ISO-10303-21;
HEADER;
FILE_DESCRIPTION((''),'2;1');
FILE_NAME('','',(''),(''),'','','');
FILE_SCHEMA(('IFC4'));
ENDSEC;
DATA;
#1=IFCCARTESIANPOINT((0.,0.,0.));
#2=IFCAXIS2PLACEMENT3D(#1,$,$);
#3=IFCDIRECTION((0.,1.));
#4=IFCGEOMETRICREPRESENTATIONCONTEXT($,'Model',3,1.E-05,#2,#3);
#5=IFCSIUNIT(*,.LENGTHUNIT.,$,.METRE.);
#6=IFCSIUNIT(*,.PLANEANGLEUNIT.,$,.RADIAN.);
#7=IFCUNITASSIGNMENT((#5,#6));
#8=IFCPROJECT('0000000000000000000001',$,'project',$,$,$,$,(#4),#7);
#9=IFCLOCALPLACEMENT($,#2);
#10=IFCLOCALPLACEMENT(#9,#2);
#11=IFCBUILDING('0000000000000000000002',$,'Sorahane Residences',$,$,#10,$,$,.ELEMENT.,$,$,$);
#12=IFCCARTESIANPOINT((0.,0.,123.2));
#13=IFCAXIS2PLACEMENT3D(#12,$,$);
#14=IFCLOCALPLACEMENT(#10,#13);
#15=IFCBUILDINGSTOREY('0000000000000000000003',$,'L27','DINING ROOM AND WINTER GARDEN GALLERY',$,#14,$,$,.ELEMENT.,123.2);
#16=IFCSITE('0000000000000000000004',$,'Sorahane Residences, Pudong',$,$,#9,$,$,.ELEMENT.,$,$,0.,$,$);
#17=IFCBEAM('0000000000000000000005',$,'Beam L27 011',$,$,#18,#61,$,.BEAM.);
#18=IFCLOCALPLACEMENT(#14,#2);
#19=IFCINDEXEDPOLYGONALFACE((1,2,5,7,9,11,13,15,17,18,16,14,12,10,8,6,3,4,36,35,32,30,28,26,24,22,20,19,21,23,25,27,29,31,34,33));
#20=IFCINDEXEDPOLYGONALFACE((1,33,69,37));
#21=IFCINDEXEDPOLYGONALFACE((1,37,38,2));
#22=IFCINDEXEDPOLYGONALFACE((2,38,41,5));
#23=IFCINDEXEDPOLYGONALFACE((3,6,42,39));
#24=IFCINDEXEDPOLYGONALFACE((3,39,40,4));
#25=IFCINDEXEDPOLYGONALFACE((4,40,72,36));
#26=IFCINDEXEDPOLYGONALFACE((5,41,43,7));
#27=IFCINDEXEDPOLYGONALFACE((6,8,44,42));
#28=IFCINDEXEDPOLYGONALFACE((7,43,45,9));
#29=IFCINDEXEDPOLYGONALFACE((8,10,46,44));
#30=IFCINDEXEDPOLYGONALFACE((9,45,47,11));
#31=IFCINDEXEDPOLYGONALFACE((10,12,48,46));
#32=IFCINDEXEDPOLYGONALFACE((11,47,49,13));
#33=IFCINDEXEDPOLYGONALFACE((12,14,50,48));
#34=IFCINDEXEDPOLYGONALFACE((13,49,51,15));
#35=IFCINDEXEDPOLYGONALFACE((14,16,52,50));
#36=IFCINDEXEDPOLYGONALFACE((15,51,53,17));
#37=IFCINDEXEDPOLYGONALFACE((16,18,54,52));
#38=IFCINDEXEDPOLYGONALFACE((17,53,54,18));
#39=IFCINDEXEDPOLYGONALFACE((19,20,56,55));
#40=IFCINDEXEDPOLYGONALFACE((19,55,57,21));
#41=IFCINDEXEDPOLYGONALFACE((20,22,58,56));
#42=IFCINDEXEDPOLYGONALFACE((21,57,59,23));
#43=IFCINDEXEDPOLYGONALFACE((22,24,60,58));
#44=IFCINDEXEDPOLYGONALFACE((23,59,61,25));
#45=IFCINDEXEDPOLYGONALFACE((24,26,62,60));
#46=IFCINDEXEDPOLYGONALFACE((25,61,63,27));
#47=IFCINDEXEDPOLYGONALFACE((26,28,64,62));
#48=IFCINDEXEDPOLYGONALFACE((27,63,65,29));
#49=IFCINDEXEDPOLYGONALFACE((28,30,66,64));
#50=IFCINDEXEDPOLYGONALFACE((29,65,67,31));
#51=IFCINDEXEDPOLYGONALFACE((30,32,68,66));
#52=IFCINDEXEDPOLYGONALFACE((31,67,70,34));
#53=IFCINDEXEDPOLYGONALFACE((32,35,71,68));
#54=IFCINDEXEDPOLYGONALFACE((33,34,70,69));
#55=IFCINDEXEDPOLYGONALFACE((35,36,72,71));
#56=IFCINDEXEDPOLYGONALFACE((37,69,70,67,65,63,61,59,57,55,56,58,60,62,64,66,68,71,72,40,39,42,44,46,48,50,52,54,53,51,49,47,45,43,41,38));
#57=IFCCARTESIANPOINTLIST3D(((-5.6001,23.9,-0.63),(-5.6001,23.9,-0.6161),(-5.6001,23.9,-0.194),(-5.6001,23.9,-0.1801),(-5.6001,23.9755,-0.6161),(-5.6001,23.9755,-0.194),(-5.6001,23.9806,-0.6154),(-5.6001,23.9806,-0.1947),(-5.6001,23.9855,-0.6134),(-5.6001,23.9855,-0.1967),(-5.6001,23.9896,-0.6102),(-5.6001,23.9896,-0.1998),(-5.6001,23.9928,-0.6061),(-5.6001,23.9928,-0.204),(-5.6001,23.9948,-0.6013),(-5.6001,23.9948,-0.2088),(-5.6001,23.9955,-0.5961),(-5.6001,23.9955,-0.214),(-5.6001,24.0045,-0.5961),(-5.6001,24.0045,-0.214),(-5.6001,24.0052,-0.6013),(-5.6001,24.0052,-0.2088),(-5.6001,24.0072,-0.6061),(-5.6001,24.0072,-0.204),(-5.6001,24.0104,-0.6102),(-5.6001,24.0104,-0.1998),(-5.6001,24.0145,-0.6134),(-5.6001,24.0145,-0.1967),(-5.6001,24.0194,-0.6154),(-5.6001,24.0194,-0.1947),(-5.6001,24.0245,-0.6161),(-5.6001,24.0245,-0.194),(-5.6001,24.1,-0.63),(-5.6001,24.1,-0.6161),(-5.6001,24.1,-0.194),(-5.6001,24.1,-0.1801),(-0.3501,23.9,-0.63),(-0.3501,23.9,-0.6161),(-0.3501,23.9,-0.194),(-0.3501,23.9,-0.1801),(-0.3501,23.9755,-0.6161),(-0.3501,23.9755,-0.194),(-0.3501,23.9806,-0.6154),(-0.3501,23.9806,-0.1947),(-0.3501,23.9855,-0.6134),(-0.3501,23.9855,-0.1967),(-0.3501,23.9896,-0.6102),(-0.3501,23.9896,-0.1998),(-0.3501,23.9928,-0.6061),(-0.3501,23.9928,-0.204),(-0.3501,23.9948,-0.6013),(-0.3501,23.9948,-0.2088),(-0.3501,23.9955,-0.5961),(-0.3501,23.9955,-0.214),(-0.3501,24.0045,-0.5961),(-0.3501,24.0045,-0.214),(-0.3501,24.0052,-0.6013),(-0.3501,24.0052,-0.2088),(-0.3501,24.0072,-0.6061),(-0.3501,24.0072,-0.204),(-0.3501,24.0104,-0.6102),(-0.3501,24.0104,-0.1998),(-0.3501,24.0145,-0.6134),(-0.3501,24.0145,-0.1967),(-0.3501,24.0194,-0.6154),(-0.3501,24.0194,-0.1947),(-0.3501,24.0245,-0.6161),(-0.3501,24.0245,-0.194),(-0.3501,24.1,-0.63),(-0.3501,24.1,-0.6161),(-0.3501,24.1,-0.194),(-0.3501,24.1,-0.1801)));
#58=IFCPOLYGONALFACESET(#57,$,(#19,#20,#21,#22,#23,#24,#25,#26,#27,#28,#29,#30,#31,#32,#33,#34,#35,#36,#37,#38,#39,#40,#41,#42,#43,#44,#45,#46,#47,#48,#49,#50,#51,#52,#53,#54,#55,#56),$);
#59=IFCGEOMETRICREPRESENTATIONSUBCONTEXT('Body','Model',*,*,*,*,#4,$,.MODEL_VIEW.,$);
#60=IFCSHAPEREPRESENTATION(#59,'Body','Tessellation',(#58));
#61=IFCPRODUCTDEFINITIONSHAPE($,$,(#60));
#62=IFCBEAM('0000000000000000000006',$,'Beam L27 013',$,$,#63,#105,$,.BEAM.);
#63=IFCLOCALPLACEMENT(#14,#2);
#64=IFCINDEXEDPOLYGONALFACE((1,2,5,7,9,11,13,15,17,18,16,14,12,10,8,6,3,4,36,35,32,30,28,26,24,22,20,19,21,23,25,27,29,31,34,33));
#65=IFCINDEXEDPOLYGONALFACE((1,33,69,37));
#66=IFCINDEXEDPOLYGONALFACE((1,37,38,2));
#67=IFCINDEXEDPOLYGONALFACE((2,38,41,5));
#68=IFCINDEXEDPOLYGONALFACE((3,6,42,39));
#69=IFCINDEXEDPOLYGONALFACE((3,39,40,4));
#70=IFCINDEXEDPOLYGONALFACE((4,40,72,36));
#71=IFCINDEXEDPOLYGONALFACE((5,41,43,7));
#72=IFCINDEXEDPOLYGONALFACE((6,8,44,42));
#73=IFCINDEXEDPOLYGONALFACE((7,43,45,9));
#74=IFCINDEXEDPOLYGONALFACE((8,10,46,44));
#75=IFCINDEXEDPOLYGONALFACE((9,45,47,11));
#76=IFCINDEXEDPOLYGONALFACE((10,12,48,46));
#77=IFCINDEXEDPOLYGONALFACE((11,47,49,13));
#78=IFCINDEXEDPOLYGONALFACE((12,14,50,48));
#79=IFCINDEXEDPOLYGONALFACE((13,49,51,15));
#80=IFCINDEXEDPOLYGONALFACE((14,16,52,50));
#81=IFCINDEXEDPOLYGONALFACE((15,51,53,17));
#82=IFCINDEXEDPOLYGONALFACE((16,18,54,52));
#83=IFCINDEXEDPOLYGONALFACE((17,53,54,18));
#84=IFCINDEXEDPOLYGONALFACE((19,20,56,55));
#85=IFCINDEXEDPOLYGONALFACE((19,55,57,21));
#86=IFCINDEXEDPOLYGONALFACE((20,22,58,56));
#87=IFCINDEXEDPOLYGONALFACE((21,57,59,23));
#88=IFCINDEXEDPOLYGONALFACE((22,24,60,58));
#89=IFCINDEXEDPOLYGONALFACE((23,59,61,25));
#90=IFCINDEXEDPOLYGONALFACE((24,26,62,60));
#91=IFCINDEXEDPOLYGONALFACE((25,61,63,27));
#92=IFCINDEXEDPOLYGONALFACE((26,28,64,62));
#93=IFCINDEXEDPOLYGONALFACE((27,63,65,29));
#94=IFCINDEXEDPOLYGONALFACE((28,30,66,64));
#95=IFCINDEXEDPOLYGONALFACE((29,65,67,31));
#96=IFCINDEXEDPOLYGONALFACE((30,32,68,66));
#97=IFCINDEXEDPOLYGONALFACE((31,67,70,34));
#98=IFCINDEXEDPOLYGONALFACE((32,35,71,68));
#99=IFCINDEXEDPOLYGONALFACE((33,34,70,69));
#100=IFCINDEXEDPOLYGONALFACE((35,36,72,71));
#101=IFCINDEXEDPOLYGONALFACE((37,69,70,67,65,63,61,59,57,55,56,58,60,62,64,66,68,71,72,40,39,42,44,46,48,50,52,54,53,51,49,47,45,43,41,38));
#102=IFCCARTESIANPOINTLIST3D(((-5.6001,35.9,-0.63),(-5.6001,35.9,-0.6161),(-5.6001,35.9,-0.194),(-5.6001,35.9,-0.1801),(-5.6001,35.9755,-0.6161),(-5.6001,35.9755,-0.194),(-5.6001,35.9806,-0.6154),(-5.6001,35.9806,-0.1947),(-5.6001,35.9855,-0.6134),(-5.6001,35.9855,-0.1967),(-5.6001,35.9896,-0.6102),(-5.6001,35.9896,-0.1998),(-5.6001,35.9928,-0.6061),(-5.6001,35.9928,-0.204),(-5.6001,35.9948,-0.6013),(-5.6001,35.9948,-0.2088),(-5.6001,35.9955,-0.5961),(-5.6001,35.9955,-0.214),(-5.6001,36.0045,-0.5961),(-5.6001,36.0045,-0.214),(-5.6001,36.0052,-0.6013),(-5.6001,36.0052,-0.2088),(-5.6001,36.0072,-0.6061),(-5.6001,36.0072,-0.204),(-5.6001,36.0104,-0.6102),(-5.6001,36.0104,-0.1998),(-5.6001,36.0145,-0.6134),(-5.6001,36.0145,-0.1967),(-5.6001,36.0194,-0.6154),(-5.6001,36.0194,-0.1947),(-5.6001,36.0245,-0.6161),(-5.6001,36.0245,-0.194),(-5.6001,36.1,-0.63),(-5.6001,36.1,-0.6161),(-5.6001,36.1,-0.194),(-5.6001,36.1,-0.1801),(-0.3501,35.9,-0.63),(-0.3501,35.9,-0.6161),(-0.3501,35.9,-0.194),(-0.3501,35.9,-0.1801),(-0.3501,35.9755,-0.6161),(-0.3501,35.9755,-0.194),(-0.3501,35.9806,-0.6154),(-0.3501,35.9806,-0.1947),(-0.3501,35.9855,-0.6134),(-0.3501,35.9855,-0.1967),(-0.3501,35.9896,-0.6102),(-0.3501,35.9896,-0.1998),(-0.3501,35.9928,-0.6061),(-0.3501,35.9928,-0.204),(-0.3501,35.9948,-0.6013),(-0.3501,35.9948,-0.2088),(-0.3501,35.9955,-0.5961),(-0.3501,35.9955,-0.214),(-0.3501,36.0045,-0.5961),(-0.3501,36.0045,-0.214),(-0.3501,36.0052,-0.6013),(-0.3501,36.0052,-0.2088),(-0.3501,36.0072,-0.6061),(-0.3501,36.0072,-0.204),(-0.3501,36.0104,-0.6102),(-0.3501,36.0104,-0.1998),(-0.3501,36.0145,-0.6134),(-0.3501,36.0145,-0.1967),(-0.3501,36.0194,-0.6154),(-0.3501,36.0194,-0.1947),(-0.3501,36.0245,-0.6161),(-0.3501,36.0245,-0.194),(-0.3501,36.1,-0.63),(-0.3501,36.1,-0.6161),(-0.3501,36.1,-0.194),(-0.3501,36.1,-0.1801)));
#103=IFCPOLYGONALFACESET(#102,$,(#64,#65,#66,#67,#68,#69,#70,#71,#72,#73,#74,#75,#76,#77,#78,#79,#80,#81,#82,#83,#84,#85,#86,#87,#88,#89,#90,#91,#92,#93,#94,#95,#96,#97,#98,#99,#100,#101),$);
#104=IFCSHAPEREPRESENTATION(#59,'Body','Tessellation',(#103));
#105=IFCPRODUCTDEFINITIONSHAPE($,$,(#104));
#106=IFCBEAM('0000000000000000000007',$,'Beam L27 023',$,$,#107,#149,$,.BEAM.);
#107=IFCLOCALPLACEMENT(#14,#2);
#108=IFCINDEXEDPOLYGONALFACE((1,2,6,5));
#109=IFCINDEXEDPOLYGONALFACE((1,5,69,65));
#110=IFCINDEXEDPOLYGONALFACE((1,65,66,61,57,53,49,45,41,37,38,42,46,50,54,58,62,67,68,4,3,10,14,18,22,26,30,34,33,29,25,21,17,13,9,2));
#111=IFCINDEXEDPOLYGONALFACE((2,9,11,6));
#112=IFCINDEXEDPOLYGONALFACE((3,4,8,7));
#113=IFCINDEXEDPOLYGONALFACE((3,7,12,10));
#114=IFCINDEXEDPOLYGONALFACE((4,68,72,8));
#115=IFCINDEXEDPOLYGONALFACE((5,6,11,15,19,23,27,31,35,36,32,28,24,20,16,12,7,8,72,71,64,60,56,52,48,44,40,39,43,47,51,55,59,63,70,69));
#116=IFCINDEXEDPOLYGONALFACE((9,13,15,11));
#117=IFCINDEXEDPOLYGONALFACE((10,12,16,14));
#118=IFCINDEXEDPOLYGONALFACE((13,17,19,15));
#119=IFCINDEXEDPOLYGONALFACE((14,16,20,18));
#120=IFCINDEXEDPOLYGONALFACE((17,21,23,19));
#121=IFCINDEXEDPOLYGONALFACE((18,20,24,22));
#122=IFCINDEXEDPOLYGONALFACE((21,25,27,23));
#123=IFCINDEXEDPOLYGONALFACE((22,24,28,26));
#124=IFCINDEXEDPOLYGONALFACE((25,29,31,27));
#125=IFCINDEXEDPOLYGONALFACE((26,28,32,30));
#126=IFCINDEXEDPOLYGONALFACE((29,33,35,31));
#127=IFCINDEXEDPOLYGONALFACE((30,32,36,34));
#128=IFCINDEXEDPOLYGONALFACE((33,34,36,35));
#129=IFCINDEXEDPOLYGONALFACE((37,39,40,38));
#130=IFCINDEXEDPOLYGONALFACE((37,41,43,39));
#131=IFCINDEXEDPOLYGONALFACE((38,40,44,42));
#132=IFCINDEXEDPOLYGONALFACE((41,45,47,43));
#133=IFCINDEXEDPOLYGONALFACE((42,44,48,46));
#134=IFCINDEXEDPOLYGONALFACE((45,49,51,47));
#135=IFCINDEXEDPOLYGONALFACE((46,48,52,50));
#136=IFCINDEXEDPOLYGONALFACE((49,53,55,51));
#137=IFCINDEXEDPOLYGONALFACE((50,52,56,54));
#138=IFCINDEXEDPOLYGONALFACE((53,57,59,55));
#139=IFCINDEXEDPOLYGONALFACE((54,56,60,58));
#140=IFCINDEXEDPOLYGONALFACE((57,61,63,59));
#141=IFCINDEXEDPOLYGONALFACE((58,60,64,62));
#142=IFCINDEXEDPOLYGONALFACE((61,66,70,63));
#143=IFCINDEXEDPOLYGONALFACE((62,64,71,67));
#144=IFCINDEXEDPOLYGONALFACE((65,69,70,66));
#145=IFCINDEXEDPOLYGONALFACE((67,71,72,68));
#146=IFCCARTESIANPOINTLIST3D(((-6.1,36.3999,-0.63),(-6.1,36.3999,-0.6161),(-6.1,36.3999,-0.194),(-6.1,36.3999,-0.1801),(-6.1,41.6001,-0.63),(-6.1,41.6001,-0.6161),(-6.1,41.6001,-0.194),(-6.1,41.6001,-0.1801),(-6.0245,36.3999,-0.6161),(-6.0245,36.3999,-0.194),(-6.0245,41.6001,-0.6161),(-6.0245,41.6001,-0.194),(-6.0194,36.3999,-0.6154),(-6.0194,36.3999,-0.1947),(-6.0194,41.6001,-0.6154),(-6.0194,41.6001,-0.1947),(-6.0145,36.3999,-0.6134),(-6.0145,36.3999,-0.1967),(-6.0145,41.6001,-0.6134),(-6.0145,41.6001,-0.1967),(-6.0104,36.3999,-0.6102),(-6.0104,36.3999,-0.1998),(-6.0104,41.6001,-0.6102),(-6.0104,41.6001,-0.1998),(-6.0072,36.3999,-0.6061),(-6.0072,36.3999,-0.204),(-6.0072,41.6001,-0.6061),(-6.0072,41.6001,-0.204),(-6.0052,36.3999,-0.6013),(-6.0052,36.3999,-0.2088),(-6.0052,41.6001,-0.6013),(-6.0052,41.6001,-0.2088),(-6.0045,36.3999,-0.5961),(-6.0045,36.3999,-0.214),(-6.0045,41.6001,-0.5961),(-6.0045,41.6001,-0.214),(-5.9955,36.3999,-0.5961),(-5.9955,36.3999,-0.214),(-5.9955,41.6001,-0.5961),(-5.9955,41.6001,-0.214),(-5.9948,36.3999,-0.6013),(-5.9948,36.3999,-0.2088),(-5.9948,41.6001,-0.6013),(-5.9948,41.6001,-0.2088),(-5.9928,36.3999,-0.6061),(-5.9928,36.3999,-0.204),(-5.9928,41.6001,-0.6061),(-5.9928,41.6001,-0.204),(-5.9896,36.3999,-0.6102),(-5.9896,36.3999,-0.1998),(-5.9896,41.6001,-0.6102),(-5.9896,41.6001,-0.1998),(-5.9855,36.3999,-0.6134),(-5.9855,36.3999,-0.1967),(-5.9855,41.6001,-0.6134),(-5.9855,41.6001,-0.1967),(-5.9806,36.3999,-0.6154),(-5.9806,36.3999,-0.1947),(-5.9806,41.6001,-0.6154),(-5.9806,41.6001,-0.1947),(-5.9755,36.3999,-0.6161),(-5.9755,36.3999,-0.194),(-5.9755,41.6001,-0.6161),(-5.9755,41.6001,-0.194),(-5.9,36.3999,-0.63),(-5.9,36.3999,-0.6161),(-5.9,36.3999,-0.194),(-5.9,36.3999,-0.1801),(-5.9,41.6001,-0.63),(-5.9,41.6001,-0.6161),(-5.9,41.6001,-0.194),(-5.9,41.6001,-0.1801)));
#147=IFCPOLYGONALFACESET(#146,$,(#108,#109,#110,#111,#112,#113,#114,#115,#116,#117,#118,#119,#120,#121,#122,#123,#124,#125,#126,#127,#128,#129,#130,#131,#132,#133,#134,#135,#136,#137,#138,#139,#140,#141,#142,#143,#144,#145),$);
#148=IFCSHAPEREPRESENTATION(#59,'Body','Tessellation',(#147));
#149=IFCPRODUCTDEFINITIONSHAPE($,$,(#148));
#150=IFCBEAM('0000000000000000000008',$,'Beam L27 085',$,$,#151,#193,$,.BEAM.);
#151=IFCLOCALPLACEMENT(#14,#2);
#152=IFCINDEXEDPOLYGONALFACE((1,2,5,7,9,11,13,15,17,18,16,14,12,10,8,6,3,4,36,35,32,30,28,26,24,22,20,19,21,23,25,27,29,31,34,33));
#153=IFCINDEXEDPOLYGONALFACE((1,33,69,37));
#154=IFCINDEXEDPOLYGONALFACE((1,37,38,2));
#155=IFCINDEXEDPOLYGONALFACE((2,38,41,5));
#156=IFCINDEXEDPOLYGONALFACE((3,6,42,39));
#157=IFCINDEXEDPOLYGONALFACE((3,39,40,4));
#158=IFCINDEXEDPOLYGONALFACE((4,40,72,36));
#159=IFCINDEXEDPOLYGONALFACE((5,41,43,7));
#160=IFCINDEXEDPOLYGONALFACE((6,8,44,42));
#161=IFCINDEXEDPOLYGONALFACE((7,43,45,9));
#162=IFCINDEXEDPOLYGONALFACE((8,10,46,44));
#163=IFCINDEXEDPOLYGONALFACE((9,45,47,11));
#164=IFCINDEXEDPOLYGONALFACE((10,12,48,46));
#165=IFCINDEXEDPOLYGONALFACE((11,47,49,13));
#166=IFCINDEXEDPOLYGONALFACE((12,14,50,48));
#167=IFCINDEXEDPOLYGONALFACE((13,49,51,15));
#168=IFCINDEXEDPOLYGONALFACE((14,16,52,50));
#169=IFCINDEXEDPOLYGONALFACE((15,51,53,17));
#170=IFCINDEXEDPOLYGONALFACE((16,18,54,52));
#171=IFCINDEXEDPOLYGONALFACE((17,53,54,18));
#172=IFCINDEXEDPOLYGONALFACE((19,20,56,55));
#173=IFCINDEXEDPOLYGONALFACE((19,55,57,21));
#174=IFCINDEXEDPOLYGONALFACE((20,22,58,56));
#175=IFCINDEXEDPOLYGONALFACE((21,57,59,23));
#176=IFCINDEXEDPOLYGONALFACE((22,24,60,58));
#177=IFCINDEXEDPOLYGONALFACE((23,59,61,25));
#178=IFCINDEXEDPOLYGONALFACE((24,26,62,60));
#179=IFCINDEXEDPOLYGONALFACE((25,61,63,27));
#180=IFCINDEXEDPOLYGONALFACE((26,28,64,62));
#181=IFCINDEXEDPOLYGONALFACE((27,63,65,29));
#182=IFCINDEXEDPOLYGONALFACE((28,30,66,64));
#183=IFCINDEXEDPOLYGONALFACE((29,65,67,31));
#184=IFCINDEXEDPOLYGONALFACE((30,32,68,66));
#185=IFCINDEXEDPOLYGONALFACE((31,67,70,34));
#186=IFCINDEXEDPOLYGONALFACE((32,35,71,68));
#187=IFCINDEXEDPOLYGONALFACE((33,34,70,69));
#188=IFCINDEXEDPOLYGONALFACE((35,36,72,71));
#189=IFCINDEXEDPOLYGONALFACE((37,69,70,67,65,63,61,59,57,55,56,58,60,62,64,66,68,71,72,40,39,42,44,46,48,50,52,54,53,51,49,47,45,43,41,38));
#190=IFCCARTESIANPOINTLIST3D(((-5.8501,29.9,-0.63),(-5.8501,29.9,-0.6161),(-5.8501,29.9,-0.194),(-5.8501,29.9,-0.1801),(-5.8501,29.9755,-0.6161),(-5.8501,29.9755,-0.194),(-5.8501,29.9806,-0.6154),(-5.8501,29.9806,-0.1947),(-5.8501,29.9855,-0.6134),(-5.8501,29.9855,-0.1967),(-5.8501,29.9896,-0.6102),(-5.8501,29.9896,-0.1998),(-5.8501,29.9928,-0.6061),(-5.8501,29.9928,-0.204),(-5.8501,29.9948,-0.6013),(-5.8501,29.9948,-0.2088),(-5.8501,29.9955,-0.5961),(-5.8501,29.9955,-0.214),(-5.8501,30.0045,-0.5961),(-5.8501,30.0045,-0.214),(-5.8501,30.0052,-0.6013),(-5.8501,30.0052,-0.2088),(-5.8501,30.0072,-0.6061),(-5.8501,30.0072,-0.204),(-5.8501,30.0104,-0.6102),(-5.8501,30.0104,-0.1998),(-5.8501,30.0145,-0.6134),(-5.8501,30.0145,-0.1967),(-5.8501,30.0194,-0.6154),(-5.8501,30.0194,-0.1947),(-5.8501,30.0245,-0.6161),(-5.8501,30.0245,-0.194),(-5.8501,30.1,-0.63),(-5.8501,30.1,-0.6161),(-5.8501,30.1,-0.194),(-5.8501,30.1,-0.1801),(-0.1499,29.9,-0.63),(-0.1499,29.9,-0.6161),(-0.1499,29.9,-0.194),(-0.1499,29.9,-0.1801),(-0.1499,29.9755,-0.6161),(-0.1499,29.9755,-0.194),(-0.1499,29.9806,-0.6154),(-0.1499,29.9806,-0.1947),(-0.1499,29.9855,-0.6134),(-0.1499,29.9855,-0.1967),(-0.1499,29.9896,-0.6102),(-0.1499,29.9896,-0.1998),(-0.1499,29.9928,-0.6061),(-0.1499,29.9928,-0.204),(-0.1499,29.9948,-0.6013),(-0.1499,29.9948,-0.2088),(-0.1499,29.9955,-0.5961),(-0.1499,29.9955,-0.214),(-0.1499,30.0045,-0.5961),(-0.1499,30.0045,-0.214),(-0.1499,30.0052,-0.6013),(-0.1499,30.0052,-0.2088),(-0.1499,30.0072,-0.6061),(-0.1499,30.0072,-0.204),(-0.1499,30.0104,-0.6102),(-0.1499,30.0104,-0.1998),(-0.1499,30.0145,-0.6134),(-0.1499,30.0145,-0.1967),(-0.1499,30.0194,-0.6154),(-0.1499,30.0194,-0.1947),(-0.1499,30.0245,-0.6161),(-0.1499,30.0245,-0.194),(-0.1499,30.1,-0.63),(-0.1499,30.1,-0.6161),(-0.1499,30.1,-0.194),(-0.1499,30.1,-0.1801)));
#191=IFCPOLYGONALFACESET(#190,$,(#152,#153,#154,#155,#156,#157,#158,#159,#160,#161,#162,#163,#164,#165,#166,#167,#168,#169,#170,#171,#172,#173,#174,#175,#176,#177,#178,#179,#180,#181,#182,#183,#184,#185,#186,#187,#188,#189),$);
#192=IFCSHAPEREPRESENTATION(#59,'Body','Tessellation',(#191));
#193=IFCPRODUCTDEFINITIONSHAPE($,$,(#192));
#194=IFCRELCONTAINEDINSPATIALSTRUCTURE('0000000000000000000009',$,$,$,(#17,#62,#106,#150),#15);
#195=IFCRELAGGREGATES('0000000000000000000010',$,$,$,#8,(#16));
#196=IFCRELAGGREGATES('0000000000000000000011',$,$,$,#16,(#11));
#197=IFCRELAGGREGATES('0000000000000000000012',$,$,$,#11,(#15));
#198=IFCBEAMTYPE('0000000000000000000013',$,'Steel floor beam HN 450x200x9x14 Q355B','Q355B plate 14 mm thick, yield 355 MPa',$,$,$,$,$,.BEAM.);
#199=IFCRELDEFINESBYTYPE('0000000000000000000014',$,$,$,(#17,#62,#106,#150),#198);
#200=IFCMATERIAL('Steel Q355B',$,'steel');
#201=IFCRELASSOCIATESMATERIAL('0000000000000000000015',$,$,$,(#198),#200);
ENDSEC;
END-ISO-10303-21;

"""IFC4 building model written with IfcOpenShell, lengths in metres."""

from ifc_helpers import new_model, si_unit, direction, frame, origin, origin_2d, place, context, subcontext, project, spatial, i_section, extrude, material, material_profile, profile_set, type_object, element, save


model = new_model("IFC4")

# Units and contexts
model_context = context("Model", 3, precision=1e-05, world=origin(), true_north=direction((0.0, 1.0)))
body_context = subcontext(model_context, "Body", "Model", "MODEL_VIEW")
ifc_project = project(units=[si_unit("LENGTHUNIT", "METRE"), si_unit("PLANEANGLEUNIT", "RADIAN")], contexts=[model_context])

# Site, building, storey
site_placement = place(None, origin())
site = spatial("IfcSite", under=ifc_project, at=site_placement, Name="Sorahane Residences, Pudong", CompositionType="ELEMENT", RefElevation=0.0)
building_placement = place(site_placement, origin())
building = spatial("IfcBuilding", under=site, at=building_placement, Name="Sorahane Residences", CompositionType="ELEMENT")
storey_placement = place(building_placement, frame((0.0, 0.0, 123.2)))
storey = spatial("IfcBuildingStorey", under=building, at=storey_placement, Name="L27", Description="DINING ROOM AND WINTER GARDEN GALLERY", CompositionType="ELEMENT", Elevation=123.2)

# Beams
ifc_material_1 = material(Name="Steel Q355B", Category="steel")
ifc_material_profile_1 = material_profile(ifc_material_1, i_section(OverallWidth=0.2, OverallDepth=0.45, WebThickness=0.009, FlangeThickness=0.0139, FilletRadius=0.02, at=origin_2d()), Name="HN 450x200x9x14")
ifc_profile_set_1 = profile_set([ifc_material_profile_1], Name="Steel Q355B")
beam_type_1 = type_object("IfcBeamType", Name="Steel floor beam HN 450x200x9x14 Q355B", Description="Q355B plate 14 mm thick, yield 355 MPa", PredefinedType="BEAM", material=ifc_profile_set_1)
for number, where, z_axis, x_axis, name in (
    (1, (-5.6001, 24.0, -0.405), (1.0, 0.0, 0.0), (0.0, 1.0, 0.0), "Beam L27 011"),
    (2, (-5.6001, 36.0, -0.405), (1.0, 0.0, 0.0), (0.0, 1.0, 0.0), "Beam L27 013"),
):
    element("IfcBeam", number, at=place(storey_placement, frame(where, z_axis=z_axis, x_axis=x_axis)), inside=storey, type_object=beam_type_1, Name=name, PredefinedType="BEAM", context=body_context, shape_type="SweptSolid", body=[
        extrude(i_section(OverallWidth=0.2, OverallDepth=0.45, WebThickness=0.009, FlangeThickness=0.0139, FilletRadius=0.02, at=origin_2d()), origin(), (0.0, 0.0, 1.0), 5.25),
    ])
beam_1_placement = place(storey_placement, frame((-6.0, 36.3999, -0.405), z_axis=(0.0, 1.0, 0.0), x_axis=(-1.0, 0.0, 0.0)))
element("IfcBeam", 3, at=beam_1_placement, inside=storey, type_object=beam_type_1, Name="Beam L27 023", PredefinedType="BEAM", context=body_context, shape_type="SweptSolid", body=[
    extrude(i_section(OverallWidth=0.2, OverallDepth=0.45, WebThickness=0.009, FlangeThickness=0.0139, FilletRadius=0.02, at=origin_2d()), origin(), (0.0, 0.0, 1.0), 5.2002),
])
beam_2_placement = place(storey_placement, frame((-5.8501, 30.0, -0.405), z_axis=(1.0, 0.0, 0.0), x_axis=(0.0, 1.0, 0.0)))
element("IfcBeam", 4, at=beam_2_placement, inside=storey, type_object=beam_type_1, Name="Beam L27 085", PredefinedType="BEAM", context=body_context, shape_type="SweptSolid", body=[
    extrude(i_section(OverallWidth=0.2, OverallDepth=0.45, WebThickness=0.009, FlangeThickness=0.0139, FilletRadius=0.02, at=origin_2d()), origin(), (0.0, 0.0, 1.0), 5.7002),
])

save(model, "model.ifc")
